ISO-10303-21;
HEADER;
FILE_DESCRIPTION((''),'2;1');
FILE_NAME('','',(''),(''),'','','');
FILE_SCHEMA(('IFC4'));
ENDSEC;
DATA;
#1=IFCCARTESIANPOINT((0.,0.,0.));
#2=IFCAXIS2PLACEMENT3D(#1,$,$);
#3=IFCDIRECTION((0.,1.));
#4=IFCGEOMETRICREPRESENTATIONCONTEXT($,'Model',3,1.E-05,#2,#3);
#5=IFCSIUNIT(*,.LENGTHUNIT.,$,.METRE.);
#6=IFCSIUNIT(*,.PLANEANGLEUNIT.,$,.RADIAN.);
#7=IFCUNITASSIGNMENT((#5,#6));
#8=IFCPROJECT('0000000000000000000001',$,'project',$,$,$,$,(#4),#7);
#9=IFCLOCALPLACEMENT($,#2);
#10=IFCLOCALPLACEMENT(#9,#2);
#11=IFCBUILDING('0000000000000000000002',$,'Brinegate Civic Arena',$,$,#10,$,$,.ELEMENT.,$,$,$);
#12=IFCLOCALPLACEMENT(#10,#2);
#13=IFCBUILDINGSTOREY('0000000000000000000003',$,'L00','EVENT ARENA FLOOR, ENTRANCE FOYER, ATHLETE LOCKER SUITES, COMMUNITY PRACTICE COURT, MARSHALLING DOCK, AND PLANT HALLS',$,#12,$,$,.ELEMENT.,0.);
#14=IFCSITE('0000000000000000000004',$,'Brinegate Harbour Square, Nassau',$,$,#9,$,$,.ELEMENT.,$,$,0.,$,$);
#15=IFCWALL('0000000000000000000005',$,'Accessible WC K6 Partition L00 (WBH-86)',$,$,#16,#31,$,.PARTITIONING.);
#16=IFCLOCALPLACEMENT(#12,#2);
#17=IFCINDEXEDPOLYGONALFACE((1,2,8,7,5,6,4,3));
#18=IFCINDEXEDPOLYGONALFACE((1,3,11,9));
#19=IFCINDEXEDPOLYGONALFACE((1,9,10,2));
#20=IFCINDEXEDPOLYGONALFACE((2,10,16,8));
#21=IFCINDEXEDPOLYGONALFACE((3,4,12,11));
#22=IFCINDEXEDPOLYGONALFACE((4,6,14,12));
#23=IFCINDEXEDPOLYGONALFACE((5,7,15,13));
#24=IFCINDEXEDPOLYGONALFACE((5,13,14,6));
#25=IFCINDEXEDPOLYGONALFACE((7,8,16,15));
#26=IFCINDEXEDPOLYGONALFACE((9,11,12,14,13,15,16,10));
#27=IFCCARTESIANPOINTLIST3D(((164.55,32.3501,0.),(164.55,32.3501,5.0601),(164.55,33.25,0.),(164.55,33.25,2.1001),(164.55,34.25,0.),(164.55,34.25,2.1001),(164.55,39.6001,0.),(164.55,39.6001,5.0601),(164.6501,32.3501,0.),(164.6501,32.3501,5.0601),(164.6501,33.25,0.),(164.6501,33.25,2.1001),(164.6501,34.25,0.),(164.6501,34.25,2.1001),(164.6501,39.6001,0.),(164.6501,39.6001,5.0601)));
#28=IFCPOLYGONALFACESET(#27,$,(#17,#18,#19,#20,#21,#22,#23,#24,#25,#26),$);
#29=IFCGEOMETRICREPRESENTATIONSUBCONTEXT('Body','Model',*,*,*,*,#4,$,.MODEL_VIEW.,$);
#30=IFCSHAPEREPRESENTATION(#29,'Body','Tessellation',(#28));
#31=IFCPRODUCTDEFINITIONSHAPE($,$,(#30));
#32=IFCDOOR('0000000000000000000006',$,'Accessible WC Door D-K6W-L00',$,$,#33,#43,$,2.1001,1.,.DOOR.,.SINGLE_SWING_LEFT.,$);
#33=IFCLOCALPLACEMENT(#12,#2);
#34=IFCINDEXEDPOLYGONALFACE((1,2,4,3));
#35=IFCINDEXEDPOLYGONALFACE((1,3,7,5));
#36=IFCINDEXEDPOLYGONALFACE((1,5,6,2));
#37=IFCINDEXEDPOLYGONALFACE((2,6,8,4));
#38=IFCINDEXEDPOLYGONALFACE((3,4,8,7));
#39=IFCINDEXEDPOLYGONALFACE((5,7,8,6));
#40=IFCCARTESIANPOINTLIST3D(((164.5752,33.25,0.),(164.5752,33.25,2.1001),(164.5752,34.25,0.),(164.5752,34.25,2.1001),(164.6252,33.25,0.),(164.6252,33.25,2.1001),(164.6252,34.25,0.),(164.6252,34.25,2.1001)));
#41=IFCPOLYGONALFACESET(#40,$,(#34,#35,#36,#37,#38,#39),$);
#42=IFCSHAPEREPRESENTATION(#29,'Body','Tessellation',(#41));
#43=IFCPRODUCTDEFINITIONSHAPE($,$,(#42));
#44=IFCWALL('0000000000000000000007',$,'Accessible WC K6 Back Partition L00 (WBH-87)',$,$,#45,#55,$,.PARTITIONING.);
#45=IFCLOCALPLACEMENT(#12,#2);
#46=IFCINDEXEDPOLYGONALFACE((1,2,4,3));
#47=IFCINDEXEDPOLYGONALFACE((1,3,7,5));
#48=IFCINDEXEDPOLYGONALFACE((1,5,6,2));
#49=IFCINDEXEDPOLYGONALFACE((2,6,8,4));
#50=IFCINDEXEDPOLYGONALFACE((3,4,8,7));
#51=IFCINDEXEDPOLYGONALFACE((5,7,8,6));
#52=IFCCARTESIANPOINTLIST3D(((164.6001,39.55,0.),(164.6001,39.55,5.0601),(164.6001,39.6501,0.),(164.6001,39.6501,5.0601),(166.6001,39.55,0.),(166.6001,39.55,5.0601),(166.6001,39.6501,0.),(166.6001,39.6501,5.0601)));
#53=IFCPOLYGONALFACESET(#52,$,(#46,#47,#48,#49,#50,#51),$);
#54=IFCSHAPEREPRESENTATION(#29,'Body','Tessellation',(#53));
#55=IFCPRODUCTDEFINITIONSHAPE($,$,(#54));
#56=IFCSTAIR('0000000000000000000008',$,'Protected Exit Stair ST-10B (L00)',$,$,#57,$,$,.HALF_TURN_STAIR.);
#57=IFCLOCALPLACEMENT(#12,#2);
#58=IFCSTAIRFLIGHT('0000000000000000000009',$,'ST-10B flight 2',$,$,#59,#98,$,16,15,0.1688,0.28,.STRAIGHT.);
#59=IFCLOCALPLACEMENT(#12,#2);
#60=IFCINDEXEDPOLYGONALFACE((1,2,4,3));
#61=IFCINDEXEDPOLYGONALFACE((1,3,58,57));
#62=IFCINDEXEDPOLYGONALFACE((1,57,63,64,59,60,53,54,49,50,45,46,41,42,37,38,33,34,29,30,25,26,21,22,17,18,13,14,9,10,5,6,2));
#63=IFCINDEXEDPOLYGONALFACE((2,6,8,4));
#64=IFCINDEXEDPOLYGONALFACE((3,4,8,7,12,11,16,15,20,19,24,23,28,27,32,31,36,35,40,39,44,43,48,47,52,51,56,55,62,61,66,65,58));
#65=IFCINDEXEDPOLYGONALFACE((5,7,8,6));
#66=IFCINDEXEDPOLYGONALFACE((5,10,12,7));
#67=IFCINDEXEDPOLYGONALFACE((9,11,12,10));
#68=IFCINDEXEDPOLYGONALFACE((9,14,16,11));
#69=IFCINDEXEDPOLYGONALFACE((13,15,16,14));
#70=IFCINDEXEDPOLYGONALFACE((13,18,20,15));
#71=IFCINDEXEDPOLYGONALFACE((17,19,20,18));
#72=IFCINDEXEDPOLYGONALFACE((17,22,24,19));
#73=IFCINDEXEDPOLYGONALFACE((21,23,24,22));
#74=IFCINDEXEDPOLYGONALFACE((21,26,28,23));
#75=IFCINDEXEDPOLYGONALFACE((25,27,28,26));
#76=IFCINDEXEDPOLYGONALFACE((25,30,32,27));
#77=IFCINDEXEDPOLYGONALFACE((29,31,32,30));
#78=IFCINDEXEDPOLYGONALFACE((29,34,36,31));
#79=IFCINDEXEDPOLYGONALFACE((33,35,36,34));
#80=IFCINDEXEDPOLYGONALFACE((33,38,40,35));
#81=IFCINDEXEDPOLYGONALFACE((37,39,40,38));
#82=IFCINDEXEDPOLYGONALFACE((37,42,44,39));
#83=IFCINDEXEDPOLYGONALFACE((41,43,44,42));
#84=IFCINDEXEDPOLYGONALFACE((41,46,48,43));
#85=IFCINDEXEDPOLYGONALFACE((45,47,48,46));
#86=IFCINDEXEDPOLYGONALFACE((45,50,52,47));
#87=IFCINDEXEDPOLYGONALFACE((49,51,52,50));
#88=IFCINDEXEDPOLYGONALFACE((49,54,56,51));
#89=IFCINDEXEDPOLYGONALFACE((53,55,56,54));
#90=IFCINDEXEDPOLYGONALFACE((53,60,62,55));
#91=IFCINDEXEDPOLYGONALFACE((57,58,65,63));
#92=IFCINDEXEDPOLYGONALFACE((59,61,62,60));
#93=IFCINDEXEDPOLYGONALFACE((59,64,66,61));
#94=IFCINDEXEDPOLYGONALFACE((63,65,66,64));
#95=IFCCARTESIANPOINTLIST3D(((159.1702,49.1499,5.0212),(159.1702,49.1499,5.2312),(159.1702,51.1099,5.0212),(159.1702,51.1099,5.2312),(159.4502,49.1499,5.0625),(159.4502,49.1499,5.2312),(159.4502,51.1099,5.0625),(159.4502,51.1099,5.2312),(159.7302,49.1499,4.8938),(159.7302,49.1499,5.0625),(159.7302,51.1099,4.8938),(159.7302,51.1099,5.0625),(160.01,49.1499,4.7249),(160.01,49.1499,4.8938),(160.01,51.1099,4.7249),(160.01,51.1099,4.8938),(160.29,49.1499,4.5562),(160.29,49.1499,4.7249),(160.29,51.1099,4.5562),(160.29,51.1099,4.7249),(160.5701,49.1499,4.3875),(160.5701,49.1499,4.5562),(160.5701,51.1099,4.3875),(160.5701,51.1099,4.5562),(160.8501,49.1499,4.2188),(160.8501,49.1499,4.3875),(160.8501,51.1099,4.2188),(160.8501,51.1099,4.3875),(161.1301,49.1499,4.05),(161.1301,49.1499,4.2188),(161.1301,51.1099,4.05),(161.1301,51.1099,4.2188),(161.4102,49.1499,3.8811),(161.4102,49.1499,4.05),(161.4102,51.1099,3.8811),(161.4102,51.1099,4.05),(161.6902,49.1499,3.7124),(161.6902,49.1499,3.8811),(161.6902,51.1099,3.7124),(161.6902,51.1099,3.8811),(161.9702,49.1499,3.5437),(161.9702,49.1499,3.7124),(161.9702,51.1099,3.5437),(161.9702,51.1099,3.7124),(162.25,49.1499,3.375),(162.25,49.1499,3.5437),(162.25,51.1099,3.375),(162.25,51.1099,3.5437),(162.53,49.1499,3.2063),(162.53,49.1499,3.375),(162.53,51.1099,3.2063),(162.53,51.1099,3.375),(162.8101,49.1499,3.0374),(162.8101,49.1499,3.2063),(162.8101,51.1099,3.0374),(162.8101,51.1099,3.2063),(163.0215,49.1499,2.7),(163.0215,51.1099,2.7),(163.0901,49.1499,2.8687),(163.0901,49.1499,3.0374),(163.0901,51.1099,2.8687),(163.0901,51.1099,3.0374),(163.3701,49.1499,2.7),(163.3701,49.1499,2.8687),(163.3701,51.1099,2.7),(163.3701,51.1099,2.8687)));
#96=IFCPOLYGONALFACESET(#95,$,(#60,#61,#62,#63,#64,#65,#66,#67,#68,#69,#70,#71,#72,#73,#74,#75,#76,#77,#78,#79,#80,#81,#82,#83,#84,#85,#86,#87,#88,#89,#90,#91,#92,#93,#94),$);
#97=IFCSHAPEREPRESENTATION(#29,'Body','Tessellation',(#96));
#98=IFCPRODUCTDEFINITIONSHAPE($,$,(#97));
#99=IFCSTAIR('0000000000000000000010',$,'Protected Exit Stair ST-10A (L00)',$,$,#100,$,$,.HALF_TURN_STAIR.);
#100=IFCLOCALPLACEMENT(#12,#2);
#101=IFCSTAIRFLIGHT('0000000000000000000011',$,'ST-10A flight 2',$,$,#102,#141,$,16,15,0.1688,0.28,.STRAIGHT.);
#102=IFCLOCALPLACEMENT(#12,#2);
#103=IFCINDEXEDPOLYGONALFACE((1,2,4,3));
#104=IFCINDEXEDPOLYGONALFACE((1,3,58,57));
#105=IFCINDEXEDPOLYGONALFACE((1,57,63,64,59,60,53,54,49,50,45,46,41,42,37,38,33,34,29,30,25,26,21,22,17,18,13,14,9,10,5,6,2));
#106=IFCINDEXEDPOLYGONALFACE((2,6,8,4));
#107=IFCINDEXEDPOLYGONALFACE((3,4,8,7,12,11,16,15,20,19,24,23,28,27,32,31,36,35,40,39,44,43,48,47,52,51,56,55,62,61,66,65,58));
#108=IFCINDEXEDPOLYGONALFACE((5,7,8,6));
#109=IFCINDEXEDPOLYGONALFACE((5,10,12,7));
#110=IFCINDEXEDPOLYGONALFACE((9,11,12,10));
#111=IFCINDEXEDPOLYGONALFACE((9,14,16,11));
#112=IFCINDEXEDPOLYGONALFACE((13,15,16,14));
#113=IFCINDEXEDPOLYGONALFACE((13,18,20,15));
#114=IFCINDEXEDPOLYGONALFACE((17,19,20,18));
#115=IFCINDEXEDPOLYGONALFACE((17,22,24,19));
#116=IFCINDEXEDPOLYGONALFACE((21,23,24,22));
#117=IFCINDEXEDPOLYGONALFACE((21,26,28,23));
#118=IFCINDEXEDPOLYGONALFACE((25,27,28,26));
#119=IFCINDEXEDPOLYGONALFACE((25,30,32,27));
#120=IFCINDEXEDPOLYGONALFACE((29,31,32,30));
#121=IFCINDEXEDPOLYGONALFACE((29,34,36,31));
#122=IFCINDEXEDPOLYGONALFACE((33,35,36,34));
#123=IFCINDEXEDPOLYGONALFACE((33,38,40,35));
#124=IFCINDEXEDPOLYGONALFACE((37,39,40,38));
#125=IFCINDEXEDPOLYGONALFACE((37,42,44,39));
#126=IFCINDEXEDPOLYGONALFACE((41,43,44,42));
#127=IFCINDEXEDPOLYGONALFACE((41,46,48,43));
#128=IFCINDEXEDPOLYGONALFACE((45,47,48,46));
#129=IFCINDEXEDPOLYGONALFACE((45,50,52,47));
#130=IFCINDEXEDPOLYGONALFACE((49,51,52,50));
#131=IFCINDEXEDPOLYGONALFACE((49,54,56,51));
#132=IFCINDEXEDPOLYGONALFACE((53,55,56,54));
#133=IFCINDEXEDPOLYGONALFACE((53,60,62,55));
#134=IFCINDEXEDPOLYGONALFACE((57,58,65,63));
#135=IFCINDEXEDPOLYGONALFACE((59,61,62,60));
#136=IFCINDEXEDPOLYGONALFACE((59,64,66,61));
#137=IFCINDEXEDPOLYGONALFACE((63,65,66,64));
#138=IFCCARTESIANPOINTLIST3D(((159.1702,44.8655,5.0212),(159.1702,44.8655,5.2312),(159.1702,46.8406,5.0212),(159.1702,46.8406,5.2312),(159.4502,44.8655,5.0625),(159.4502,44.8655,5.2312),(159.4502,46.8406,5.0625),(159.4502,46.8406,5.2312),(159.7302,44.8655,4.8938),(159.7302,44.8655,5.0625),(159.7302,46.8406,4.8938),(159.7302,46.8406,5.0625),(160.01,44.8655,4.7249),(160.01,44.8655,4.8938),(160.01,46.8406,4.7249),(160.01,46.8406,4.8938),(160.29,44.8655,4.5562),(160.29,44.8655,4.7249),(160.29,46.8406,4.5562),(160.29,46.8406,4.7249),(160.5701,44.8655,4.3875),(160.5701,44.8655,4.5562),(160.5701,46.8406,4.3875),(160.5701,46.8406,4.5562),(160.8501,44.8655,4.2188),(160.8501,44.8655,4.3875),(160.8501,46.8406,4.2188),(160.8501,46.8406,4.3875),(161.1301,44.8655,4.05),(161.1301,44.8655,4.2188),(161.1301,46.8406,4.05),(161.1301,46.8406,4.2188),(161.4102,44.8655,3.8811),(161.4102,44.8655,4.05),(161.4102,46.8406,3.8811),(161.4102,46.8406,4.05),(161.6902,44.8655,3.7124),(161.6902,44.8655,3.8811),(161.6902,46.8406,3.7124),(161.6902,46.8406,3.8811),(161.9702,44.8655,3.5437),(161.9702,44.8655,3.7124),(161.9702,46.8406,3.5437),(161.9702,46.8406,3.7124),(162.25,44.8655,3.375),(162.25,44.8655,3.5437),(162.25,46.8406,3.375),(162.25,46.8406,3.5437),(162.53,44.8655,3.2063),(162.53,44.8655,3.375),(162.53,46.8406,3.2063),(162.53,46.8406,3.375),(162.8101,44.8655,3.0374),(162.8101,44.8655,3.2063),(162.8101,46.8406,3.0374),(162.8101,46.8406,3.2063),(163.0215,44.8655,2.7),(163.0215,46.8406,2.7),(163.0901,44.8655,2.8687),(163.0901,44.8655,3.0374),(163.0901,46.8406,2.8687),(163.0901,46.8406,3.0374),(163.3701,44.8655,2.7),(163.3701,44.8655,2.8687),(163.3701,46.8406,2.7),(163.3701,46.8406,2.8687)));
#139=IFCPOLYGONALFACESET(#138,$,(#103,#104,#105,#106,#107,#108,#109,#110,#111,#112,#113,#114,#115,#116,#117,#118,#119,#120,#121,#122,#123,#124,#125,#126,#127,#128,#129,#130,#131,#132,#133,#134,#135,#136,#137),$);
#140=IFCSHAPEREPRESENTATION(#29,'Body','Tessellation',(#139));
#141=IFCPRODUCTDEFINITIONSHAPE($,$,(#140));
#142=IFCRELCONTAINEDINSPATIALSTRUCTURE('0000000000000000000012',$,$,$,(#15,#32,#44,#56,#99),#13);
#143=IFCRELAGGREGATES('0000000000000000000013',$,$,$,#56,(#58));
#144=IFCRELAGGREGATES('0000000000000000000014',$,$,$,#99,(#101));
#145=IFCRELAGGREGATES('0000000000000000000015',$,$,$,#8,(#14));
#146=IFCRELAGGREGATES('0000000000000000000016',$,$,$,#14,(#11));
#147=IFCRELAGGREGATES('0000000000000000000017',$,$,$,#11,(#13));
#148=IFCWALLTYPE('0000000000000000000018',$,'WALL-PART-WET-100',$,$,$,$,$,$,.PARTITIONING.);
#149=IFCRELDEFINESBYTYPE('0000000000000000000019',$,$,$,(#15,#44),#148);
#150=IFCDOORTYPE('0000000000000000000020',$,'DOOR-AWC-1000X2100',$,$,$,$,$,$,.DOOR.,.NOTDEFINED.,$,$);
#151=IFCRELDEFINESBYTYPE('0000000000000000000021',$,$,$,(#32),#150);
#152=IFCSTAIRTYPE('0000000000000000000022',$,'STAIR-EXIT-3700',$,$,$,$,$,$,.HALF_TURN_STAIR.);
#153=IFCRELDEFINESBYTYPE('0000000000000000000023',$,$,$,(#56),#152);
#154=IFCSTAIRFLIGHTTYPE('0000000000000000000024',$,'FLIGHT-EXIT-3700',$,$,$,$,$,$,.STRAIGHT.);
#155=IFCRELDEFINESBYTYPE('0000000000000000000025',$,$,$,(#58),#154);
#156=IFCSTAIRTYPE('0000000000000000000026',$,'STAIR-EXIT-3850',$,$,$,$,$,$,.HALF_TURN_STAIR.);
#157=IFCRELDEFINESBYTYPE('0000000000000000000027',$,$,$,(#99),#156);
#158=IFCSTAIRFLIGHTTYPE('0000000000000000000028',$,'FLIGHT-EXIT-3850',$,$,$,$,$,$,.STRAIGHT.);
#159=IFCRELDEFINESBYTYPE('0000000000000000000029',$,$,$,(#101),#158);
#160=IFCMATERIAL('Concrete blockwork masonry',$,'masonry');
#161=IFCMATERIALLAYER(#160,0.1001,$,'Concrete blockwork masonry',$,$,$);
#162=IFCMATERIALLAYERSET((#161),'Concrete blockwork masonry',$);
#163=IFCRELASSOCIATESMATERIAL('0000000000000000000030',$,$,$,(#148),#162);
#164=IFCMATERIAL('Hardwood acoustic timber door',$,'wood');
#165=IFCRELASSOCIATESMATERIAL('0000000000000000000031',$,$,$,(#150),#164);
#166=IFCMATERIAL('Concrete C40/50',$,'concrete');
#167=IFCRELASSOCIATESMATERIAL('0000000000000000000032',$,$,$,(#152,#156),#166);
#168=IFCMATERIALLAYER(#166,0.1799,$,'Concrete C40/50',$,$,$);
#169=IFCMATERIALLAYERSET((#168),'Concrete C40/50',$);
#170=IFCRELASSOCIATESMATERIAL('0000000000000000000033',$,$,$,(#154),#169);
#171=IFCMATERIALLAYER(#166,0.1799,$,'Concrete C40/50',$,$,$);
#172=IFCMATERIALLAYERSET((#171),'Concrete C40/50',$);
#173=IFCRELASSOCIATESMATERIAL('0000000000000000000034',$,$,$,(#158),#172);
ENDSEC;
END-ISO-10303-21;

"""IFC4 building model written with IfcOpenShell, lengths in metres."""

from ifc_helpers import new_model, si_unit, direction, frame, frame_2d, origin, place, context, subcontext, project, spatial, polyline, rectangle, outline, extrude, material, layer, layer_set, type_object, element, fill, aggregate, save


model = new_model("IFC4")

# Units and contexts
model_context = context("Model", 3, precision=1e-05, world=origin(), true_north=direction((0.0, 1.0)))
body_context = subcontext(model_context, "Body", "Model", "MODEL_VIEW")
ifc_project = project(units=[si_unit("LENGTHUNIT", "METRE"), si_unit("PLANEANGLEUNIT", "RADIAN")], contexts=[model_context])

# Site, building, storey
site_placement = place(None, origin())
site = spatial("IfcSite", under=ifc_project, at=site_placement, Name="Brinegate Harbour Square, Nassau", CompositionType="ELEMENT", RefElevation=0.0)
building_placement = place(site_placement, origin())
building = spatial("IfcBuilding", under=site, at=building_placement, Name="Brinegate Civic Arena", CompositionType="ELEMENT")
storey_placement = place(building_placement, origin())
storey = spatial("IfcBuildingStorey", under=building, at=storey_placement, Name="L00", Description="EVENT ARENA FLOOR, ENTRANCE FOYER, ATHLETE LOCKER SUITES, COMMUNITY PRACTICE COURT, MARSHALLING DOCK, AND PLANT HALLS", CompositionType="ELEMENT", Elevation=0.0)

# Shared definitions
ifc_material_1 = material(Name="Concrete C40/50", Category="concrete")

# Wall, opening, door
ifc_material_2 = material(Name="Concrete blockwork masonry", Category="masonry")
ifc_layer_1 = layer(ifc_material_2, 0.1001, Name="Concrete blockwork masonry")
ifc_layer_set_1 = layer_set([ifc_layer_1], Name="Concrete blockwork masonry")
wall_type_1 = type_object("IfcWallType", Name="WALL-PART-WET-100", PredefinedType="PARTITIONING", material=ifc_layer_set_1)
wall_1_placement = place(storey_placement, frame((164.6001, 32.3501, 0.0), z_axis=(0.0, 0.0, 1.0), x_axis=(0.0, 1.0, 0.0)))
wall_1 = element("IfcWall", 1, at=wall_1_placement, inside=storey, type_object=wall_type_1, Name="Accessible WC K6 Partition L00 (WBH-86)", PredefinedType="PARTITIONING", context=body_context, shape_type="SweptSolid", body=[
    extrude(rectangle(XDim=7.25, YDim=0.1001, at=frame_2d((3.625, 0.0))), origin(), (0.0, 0.0, 1.0), 5.0601),
])
opening_placement = place(wall_1_placement, frame((0.8999, 0.0, 0.0)))
opening = element("IfcOpeningElement", 2, at=opening_placement, cuts=wall_1, PredefinedType="OPENING", context=body_context, shape_type="SweptSolid", body=[
    extrude(rectangle(XDim=1.0, YDim=2.1001, at=frame_2d((0.5, 1.05))), frame((0.0, 0.0601, 0.0), z_axis=(0.0, -1.0, 0.0), x_axis=(1.0, 0.0, 0.0)), (0.0, 0.0, 1.0), 0.1201),
])
ifc_material_3 = material(Name="Hardwood acoustic timber door", Category="wood")
door_type = type_object("IfcDoorType", Name="DOOR-AWC-1000X2100", OperationType="NOTDEFINED", PredefinedType="DOOR", material=ifc_material_3)
door_placement = place(opening_placement, origin())
door = element("IfcDoor", 3, at=door_placement, inside=storey, type_object=door_type, Name="Accessible WC Door D-K6W-L00", OperationType="SINGLE_SWING_LEFT", OverallHeight=2.1001, OverallWidth=1.0, PredefinedType="DOOR", context=body_context, shape_type="SweptSolid", body=[
    extrude(rectangle(XDim=1.0, YDim=2.1001, at=frame_2d((0.5, 1.05))), frame((0.0, 0.0249, 0.0), z_axis=(0.0, -1.0, 0.0), x_axis=(1.0, 0.0, 0.0)), (0.0, 0.0, 1.0), 0.05),
])
fill(opening, door)

# Wall
wall_2_placement = place(storey_placement, frame((164.6001, 39.6001, 0.0), z_axis=(0.0, 0.0, 1.0), x_axis=(1.0, 0.0, 0.0)))
element("IfcWall", 4, at=wall_2_placement, inside=storey, type_object=wall_type_1, Name="Accessible WC K6 Back Partition L00 (WBH-87)", PredefinedType="PARTITIONING", context=body_context, shape_type="SweptSolid", body=[
    extrude(rectangle(XDim=2.0, YDim=0.1001, at=frame_2d((1.0, 0.0))), origin(), (0.0, 0.0, 1.0), 5.0601),
])

# Stairs, stair flights
stair_type_1 = type_object("IfcStairType", Name="STAIR-EXIT-3700", PredefinedType="HALF_TURN_STAIR", material=ifc_material_1)
stair_1_placement = place(storey_placement, origin())
stair_1 = element("IfcStair", 5, at=stair_1_placement, inside=storey, type_object=stair_type_1, Name="Protected Exit Stair ST-10B (L00)", PredefinedType="HALF_TURN_STAIR")
ifc_layer_2 = layer(ifc_material_1, 0.1799, Name="Concrete C40/50")
ifc_layer_set_2 = layer_set([ifc_layer_2], Name="Concrete C40/50")
stair_flight_type_1 = type_object("IfcStairFlightType", Name="FLIGHT-EXIT-3700", PredefinedType="STRAIGHT", material=ifc_layer_set_2)
stair_flight_1_placement = place(storey_placement, frame((163.3701, 50.1299, 2.7), z_axis=(0.0, 0.0, 1.0), x_axis=(-1.0, 0.0, 0.0)))
stair_flight_1 = element("IfcStairFlight", 6, at=stair_flight_1_placement, type_object=stair_flight_type_1, Name="ST-10B flight 2", NumberOfRisers=16, NumberOfTreads=15, PredefinedType="STRAIGHT", RiserHeight=0.1688, TreadLength=0.28, context=body_context, shape_type="SweptSolid", body=[
    extrude(outline(polyline([(0.0, 0.0), (0.0, 0.1687), (0.28, 0.1687), (0.28, 0.3374), (0.5601, 0.3374), (0.5601, 0.5063), (0.8401, 0.5063), (0.8401, 0.675), (1.1201, 0.675), (1.1201, 0.8438), (1.3999, 0.8438), (1.3999, 1.0125), (1.6799, 1.0125), (1.6799, 1.1812), (1.96, 1.1812), (1.96, 1.3501), (2.24, 1.3501), (2.24, 1.5188), (2.52, 1.5188), (2.52, 1.6875), (2.8, 1.6875), (2.8, 1.8562), (3.0801, 1.8562), (3.0801, 2.0249), (3.3601, 2.0249), (3.3601, 2.1938), (3.6399, 2.1938), (3.6399, 2.3625), (3.9199, 2.3625), (3.9199, 2.5312), (4.2, 2.5312), (4.2, 2.7), (4.2, 2.3213), (0.3486, 0.0), (0.0, 0.0)])), frame((0.0, 0.98, 0.0), z_axis=(0.0, -1.0, 0.0), x_axis=(1.0, 0.0, 0.0)), (0.0, 0.0, 1.0), 1.96),
])
aggregate(stair_1, [stair_flight_1])
stair_type_2 = type_object("IfcStairType", Name="STAIR-EXIT-3850", PredefinedType="HALF_TURN_STAIR", material=ifc_material_1)
stair_2_placement = place(storey_placement, origin())
stair_2 = element("IfcStair", 7, at=stair_2_placement, inside=storey, type_object=stair_type_2, Name="Protected Exit Stair ST-10A (L00)", PredefinedType="HALF_TURN_STAIR")
ifc_layer_3 = layer(ifc_material_1, 0.1799, Name="Concrete C40/50")
ifc_layer_set_3 = layer_set([ifc_layer_3], Name="Concrete C40/50")
stair_flight_type_2 = type_object("IfcStairFlightType", Name="FLIGHT-EXIT-3850", PredefinedType="STRAIGHT", material=ifc_layer_set_3)
stair_flight_2_placement = place(storey_placement, frame((163.3701, 45.853, 2.7), z_axis=(0.0, 0.0, 1.0), x_axis=(-1.0, 0.0, 0.0)))
stair_flight_2 = element("IfcStairFlight", 8, at=stair_flight_2_placement, type_object=stair_flight_type_2, Name="ST-10A flight 2", NumberOfRisers=16, NumberOfTreads=15, PredefinedType="STRAIGHT", RiserHeight=0.1688, TreadLength=0.28, context=body_context, shape_type="SweptSolid", body=[
    extrude(outline(polyline([(0.0, 0.0), (0.0, 0.1687), (0.28, 0.1687), (0.28, 0.3374), (0.5601, 0.3374), (0.5601, 0.5063), (0.8401, 0.5063), (0.8401, 0.675), (1.1201, 0.675), (1.1201, 0.8438), (1.3999, 0.8438), (1.3999, 1.0125), (1.6799, 1.0125), (1.6799, 1.1812), (1.96, 1.1812), (1.96, 1.3501), (2.24, 1.3501), (2.24, 1.5188), (2.52, 1.5188), (2.52, 1.6875), (2.8, 1.6875), (2.8, 1.8562), (3.0801, 1.8562), (3.0801, 2.0249), (3.3601, 2.0249), (3.3601, 2.1938), (3.6399, 2.1938), (3.6399, 2.3625), (3.9199, 2.3625), (3.9199, 2.5312), (4.2, 2.5312), (4.2, 2.7), (4.2, 2.3213), (0.3486, 0.0), (0.0, 0.0)])), frame((0.0, 0.9875, 0.0), z_axis=(0.0, -1.0, 0.0), x_axis=(1.0, 0.0, 0.0)), (0.0, 0.0, 1.0), 1.9751),
])
aggregate(stair_2, [stair_flight_2])

save(model, "model.ifc")
